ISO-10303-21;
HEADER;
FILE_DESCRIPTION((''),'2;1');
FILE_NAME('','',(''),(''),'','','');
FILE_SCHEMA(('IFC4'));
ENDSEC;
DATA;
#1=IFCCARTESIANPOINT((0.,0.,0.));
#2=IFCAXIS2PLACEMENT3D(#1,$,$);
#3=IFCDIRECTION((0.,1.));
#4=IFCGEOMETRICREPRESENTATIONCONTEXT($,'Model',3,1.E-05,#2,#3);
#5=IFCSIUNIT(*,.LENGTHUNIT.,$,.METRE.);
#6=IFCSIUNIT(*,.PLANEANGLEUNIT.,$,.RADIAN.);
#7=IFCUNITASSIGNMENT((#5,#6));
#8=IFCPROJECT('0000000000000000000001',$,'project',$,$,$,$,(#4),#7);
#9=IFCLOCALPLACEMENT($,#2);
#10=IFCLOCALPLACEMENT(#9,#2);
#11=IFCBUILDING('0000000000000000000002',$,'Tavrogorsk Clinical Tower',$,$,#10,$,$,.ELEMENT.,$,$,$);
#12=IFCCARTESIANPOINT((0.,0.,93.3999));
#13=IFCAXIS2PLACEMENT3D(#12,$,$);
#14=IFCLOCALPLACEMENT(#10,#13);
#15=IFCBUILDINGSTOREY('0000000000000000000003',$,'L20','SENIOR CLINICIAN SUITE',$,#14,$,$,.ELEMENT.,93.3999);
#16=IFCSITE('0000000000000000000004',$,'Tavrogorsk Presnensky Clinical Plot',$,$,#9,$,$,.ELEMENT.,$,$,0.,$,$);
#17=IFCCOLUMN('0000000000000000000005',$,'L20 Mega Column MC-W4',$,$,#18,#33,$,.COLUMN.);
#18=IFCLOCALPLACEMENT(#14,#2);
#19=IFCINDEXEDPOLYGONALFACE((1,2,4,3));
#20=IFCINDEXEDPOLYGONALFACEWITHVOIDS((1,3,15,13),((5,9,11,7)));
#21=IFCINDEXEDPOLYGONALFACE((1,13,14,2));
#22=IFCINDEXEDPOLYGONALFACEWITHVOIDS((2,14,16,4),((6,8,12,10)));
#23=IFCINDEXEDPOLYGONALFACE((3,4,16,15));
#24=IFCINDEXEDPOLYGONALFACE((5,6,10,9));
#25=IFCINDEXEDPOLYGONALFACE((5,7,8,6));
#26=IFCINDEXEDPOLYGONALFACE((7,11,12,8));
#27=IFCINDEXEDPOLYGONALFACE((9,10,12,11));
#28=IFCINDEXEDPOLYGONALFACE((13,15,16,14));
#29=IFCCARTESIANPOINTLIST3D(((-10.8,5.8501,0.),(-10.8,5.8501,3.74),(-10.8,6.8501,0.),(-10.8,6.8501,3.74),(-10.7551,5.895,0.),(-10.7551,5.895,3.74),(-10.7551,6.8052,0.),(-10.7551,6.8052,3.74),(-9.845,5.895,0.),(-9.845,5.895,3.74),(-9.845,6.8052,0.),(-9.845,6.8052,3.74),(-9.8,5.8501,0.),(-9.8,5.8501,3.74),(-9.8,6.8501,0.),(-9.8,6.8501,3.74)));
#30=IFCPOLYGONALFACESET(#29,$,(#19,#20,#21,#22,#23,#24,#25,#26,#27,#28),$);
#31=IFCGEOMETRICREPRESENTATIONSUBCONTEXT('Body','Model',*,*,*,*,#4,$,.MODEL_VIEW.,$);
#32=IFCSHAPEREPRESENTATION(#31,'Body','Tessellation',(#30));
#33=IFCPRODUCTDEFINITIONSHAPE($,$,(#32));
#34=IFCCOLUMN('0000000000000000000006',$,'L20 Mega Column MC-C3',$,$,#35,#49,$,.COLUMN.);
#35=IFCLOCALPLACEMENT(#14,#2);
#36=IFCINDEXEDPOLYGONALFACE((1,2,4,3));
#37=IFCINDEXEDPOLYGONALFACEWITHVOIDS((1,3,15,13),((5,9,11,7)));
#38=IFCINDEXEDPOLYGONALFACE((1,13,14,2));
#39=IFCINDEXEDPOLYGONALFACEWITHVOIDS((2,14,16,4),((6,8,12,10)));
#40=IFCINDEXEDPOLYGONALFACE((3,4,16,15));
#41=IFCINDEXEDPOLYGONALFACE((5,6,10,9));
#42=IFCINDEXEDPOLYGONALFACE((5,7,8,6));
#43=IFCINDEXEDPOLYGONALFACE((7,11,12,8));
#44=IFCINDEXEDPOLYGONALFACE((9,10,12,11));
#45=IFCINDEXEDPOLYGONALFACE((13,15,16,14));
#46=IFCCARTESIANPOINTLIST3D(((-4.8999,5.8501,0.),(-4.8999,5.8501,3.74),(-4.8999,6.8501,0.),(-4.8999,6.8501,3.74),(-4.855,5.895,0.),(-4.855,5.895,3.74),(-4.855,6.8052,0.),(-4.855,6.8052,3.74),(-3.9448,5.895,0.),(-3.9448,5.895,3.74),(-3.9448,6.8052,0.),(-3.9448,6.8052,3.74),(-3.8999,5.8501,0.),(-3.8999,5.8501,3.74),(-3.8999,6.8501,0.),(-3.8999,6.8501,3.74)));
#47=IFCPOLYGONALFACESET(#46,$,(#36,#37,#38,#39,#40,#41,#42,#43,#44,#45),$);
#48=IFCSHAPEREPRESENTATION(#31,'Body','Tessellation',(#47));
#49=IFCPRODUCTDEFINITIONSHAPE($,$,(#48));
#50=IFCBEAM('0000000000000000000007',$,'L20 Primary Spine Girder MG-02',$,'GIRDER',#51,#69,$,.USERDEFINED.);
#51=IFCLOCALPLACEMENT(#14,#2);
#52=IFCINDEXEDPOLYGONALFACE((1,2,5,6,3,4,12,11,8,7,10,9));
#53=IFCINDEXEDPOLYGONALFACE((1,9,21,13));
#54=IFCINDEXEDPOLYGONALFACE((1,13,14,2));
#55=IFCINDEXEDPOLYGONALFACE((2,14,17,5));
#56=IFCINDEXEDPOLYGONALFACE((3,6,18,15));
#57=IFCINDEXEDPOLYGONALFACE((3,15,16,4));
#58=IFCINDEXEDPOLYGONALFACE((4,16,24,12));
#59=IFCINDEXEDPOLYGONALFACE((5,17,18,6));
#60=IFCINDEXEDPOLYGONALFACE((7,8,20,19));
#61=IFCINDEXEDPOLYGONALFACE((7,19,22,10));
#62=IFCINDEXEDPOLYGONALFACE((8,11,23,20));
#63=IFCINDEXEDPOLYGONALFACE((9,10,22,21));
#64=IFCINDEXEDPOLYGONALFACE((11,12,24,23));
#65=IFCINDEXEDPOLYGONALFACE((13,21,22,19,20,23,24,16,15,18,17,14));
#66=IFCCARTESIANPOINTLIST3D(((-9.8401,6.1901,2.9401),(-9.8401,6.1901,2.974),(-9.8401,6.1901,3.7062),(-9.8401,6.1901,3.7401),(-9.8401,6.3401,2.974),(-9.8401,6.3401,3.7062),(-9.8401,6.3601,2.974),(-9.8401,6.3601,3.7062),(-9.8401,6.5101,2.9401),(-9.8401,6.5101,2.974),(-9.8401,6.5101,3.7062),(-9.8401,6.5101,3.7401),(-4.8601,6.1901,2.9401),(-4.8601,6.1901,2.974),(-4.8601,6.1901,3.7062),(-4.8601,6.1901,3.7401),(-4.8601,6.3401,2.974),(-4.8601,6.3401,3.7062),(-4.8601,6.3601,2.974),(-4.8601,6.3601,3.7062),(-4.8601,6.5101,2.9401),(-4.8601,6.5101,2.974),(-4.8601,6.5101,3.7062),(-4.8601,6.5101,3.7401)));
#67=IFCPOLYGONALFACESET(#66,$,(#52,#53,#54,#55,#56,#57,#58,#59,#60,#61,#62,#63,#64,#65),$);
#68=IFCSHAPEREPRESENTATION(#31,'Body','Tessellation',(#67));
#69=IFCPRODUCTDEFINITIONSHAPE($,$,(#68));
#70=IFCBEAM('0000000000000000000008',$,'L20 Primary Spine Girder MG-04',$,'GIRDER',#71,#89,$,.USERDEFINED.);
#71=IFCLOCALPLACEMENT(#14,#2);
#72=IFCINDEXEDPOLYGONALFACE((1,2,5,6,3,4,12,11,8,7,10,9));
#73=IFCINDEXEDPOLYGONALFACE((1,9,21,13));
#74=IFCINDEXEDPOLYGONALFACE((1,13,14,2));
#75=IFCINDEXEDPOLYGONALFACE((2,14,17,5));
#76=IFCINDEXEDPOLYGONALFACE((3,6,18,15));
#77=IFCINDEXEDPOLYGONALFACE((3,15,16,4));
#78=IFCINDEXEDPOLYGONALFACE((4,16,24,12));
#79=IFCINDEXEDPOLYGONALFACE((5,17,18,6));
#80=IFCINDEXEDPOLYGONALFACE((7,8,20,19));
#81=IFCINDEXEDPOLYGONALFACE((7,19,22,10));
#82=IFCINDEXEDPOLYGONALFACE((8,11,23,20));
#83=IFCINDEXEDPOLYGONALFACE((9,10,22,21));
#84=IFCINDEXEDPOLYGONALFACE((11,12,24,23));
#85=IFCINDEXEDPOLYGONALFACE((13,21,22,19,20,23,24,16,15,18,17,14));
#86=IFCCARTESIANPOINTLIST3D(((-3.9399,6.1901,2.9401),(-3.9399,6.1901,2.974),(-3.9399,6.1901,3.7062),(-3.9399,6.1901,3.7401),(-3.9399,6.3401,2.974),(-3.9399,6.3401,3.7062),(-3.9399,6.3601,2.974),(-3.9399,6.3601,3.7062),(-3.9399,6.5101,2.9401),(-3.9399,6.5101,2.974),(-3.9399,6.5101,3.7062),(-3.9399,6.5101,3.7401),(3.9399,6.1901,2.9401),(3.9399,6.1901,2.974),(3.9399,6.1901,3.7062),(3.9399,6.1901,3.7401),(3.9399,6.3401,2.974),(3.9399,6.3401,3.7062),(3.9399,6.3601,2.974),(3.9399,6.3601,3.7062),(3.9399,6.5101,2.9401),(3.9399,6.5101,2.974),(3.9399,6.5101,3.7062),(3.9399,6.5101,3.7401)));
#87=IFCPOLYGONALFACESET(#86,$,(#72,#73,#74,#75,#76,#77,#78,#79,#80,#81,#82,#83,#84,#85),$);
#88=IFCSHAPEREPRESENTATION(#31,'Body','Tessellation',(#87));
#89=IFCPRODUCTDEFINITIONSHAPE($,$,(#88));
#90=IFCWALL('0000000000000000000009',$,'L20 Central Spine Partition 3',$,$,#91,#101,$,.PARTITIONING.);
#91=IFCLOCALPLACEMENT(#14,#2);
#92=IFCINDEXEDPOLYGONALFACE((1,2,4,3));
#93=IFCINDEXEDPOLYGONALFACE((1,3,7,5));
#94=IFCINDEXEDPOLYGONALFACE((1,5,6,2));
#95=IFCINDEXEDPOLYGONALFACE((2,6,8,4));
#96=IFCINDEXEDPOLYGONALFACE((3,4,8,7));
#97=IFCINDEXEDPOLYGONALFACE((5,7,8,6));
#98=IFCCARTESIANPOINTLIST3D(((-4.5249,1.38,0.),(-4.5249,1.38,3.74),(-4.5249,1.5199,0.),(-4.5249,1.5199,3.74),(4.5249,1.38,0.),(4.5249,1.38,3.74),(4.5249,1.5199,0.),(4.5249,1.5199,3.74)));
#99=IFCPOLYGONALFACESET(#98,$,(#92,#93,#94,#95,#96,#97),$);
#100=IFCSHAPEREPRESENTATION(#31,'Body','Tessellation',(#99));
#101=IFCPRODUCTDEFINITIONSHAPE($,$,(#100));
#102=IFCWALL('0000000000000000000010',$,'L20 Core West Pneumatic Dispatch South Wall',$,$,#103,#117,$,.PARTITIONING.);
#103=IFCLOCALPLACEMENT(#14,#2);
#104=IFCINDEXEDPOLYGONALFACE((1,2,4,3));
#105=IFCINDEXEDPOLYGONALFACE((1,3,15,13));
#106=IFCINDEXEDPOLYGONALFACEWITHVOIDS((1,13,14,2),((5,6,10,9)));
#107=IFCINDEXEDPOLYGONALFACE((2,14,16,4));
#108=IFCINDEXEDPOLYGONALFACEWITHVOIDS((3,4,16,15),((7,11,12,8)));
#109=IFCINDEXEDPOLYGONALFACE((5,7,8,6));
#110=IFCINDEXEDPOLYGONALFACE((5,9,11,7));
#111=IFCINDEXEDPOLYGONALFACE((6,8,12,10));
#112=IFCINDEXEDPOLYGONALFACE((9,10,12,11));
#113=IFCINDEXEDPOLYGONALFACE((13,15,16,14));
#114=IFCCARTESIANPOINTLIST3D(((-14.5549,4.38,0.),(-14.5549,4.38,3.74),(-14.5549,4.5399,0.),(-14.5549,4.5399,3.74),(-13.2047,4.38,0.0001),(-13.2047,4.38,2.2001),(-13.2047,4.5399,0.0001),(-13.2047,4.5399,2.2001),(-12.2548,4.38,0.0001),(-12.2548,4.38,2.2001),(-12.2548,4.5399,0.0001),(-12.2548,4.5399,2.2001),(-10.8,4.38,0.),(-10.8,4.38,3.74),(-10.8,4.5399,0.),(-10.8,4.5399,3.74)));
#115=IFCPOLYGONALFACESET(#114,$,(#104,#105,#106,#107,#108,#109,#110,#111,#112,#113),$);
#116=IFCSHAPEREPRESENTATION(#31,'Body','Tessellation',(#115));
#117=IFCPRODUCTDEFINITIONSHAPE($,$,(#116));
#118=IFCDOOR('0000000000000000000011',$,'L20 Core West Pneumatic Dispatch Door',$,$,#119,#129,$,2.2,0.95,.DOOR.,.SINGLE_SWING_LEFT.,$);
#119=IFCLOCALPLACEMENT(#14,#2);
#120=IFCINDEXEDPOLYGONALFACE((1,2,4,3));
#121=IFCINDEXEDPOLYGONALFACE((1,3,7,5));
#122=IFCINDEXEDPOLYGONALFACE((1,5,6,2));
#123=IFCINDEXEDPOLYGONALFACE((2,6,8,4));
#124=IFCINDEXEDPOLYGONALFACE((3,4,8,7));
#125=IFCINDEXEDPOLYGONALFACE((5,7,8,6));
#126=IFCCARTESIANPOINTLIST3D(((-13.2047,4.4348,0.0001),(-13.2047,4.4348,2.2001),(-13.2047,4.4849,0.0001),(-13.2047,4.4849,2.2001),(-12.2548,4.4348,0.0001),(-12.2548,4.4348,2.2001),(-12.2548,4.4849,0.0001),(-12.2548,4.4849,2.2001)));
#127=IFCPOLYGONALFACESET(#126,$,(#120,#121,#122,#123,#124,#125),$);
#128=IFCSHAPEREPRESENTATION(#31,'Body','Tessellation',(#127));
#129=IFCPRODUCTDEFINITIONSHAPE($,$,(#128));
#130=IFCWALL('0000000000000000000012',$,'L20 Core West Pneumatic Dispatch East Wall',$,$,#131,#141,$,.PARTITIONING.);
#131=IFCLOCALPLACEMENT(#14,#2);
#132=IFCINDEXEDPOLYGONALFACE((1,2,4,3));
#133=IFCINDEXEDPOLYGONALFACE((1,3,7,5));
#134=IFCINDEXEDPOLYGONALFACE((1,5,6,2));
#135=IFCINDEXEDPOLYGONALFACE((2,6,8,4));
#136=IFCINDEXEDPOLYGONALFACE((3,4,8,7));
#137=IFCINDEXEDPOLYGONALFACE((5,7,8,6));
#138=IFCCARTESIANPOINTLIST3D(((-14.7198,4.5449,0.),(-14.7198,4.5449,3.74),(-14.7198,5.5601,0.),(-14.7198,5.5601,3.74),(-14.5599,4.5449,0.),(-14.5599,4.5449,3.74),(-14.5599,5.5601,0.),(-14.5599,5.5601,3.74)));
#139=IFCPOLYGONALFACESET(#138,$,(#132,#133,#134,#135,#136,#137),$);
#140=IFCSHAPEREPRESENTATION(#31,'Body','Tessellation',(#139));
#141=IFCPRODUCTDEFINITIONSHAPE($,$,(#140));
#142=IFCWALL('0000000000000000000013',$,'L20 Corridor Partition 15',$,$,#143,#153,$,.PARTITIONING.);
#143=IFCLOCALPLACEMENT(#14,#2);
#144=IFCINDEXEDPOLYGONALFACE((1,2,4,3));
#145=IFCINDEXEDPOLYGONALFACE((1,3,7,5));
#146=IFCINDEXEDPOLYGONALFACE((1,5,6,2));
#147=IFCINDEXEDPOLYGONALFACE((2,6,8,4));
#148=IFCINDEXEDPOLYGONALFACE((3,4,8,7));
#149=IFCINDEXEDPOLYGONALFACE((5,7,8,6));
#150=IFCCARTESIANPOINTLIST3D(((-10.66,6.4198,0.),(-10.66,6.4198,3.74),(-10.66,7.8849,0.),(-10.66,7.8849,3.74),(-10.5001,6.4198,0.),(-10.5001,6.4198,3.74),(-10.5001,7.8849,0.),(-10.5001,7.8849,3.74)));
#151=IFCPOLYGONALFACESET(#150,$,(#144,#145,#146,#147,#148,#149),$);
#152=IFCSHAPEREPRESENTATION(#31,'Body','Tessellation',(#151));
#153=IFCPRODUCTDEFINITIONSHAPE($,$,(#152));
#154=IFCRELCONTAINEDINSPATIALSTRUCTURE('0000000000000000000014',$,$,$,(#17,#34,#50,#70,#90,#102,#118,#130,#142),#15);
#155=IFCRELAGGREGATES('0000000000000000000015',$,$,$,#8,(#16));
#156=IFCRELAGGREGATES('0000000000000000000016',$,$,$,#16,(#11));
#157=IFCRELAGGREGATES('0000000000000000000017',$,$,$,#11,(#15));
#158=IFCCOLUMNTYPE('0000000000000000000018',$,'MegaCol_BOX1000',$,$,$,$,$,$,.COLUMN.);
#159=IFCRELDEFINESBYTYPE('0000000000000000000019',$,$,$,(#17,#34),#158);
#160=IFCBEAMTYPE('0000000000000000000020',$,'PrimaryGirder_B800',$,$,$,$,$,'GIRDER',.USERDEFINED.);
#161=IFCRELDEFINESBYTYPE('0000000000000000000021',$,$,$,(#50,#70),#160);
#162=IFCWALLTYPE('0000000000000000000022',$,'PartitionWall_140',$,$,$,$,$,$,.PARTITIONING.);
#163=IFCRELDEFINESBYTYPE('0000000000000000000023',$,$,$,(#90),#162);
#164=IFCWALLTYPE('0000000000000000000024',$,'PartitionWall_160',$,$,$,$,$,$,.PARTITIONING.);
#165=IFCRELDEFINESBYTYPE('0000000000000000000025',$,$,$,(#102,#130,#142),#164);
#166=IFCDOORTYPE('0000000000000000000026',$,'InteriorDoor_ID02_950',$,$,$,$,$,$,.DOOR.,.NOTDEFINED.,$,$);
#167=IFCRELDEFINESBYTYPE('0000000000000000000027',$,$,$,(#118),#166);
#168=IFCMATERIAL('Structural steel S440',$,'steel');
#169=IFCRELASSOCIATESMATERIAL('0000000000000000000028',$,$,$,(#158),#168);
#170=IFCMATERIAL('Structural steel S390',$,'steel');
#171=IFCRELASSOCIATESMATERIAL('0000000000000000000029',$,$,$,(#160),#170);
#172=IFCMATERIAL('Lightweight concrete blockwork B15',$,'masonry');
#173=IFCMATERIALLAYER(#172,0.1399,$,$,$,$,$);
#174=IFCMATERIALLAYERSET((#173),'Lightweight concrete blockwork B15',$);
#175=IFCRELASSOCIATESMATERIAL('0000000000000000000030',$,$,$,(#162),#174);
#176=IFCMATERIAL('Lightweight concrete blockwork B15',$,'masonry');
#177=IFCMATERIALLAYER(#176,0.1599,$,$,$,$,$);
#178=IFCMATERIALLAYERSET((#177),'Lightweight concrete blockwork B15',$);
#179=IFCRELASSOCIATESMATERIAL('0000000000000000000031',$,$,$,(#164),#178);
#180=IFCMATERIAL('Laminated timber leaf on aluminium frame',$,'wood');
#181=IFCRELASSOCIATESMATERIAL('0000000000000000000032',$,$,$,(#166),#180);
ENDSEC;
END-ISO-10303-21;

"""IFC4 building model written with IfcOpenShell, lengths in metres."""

from ifc_helpers import new_model, si_unit, direction, frame, frame_2d, origin, origin_2d, place, context, subcontext, project, spatial, rectangle, hollow_rectangle, i_section, extrude, material, layer, layer_set, material_profile, profile_set, type_object, element, fill, save


model = new_model("IFC4")

# Units and contexts
model_context = context("Model", 3, precision=1e-05, world=origin(), true_north=direction((0.0, 1.0)))
body_context = subcontext(model_context, "Body", "Model", "MODEL_VIEW")
ifc_project = project(units=[si_unit("LENGTHUNIT", "METRE"), si_unit("PLANEANGLEUNIT", "RADIAN")], contexts=[model_context])

# Site, building, storey
site_placement = place(None, origin())
site = spatial("IfcSite", under=ifc_project, at=site_placement, Name="Tavrogorsk Presnensky Clinical Plot", CompositionType="ELEMENT", RefElevation=0.0)
building_placement = place(site_placement, origin())
building = spatial("IfcBuilding", under=site, at=building_placement, Name="Tavrogorsk Clinical Tower", CompositionType="ELEMENT")
storey_placement = place(building_placement, frame((0.0, 0.0, 93.3999)))
storey = spatial("IfcBuildingStorey", under=building, at=storey_placement, Name="L20", Description="SENIOR CLINICIAN SUITE", CompositionType="ELEMENT", Elevation=93.3999)

# Columns
ifc_material_1 = material(Name="Structural steel S440", Category="steel")
ifc_material_profile_1 = material_profile(ifc_material_1, hollow_rectangle(XDim=1.0, YDim=1.0, WallThickness=0.0449, at=origin_2d()), Name="BOX-1000x1000x45")
ifc_profile_set_1 = profile_set([ifc_material_profile_1], Name="Structural steel S440")
column_type = type_object("IfcColumnType", Name="MegaCol_BOX1000", PredefinedType="COLUMN", material=ifc_profile_set_1)
for number, where, z_axis, x_axis, name in (
    (1, (-10.3, 6.3501, 0.0), (0.0, 0.0, 1.0), (1.0, 0.0, 0.0), "L20 Mega Column MC-W4"),
    (2, (-4.3999, 6.3501, 0.0), (0.0, 0.0, 1.0), (1.0, 0.0, 0.0), "L20 Mega Column MC-C3"),
):
    element("IfcColumn", number, at=place(storey_placement, frame(where, z_axis=z_axis, x_axis=x_axis)), inside=storey, type_object=column_type, Name=name, PredefinedType="COLUMN", context=body_context, shape_type="SweptSolid", body=[
        extrude(hollow_rectangle(XDim=1.0, YDim=1.0, WallThickness=0.0449, at=origin_2d()), origin(), (0.0, 0.0, 1.0), 3.74),
    ])

# Beams
ifc_material_2 = material(Name="Structural steel S390", Category="steel")
ifc_material_profile_2 = material_profile(ifc_material_2, i_section(OverallWidth=0.3201, OverallDepth=0.8, WebThickness=0.02, FlangeThickness=0.0339, at=origin_2d()), Name="B-800x320x20x34")
ifc_profile_set_2 = profile_set([ifc_material_profile_2], Name="Structural steel S390")
beam_type = type_object("IfcBeamType", Name="PrimaryGirder_B800", ElementType="GIRDER", PredefinedType="USERDEFINED", material=ifc_profile_set_2)
beam_1_placement = place(storey_placement, frame((-9.8401, 6.3501, 3.3401), z_axis=(1.0, 0.0, 0.0), x_axis=(0.0, 1.0, 0.0)))
element("IfcBeam", 3, at=beam_1_placement, inside=storey, type_object=beam_type, Name="L20 Primary Spine Girder MG-02", ObjectType="GIRDER", PredefinedType="USERDEFINED", context=body_context, shape_type="SweptSolid", body=[
    extrude(i_section(OverallWidth=0.3201, OverallDepth=0.8, WebThickness=0.02, FlangeThickness=0.0339, at=origin_2d()), origin(), (0.0, 0.0, 1.0), 4.98),
])
beam_2_placement = place(storey_placement, frame((-3.9399, 6.3501, 3.3401), z_axis=(1.0, 0.0, 0.0), x_axis=(0.0, 1.0, 0.0)))
element("IfcBeam", 4, at=beam_2_placement, inside=storey, type_object=beam_type, Name="L20 Primary Spine Girder MG-04", ObjectType="GIRDER", PredefinedType="USERDEFINED", context=body_context, shape_type="SweptSolid", body=[
    extrude(i_section(OverallWidth=0.3201, OverallDepth=0.8, WebThickness=0.02, FlangeThickness=0.0339, at=origin_2d()), origin(), (0.0, 0.0, 1.0), 7.8799),
])

# Wall
ifc_material_3 = material(Name="Lightweight concrete blockwork B15", Category="masonry")
ifc_layer_1 = layer(ifc_material_3, 0.1399)
ifc_layer_set_1 = layer_set([ifc_layer_1], Name="Lightweight concrete blockwork B15")
wall_type_1 = type_object("IfcWallType", Name="PartitionWall_140", PredefinedType="PARTITIONING", material=ifc_layer_set_1)
wall_1_placement = place(storey_placement, frame((-4.5249, 1.45, 0.0), z_axis=(0.0, 0.0, 1.0), x_axis=(1.0, 0.0, 0.0)))
element("IfcWall", 5, at=wall_1_placement, inside=storey, type_object=wall_type_1, Name="L20 Central Spine Partition 3", PredefinedType="PARTITIONING", context=body_context, shape_type="SweptSolid", body=[
    extrude(rectangle(XDim=9.0498, YDim=0.1399, at=frame_2d((4.5249, 0.0))), origin(), (0.0, 0.0, 1.0), 3.74),
])

# Wall, opening, door
ifc_material_4 = material(Name="Lightweight concrete blockwork B15", Category="masonry")
ifc_layer_2 = layer(ifc_material_4, 0.1599)
ifc_layer_set_2 = layer_set([ifc_layer_2], Name="Lightweight concrete blockwork B15")
wall_type_2 = type_object("IfcWallType", Name="PartitionWall_160", PredefinedType="PARTITIONING", material=ifc_layer_set_2)
wall_2_placement = place(storey_placement, frame((-14.5549, 4.46, 0.0), z_axis=(0.0, 0.0, 1.0), x_axis=(1.0, 0.0, 0.0)))
wall_2 = element("IfcWall", 6, at=wall_2_placement, inside=storey, type_object=wall_type_2, Name="L20 Core West Pneumatic Dispatch South Wall", PredefinedType="PARTITIONING", context=body_context, shape_type="SweptSolid", body=[
    extrude(rectangle(XDim=3.7549, YDim=0.1599, at=frame_2d((1.8774, 0.0))), origin(), (0.0, 0.0, 1.0), 3.74),
])
opening_1_placement = place(wall_2_placement, frame((1.3501, 0.0, 0.0)))
opening_1 = element("IfcOpeningElement", 7, at=opening_1_placement, cuts=wall_2, PredefinedType="OPENING", context=body_context, shape_type="SweptSolid", body=[
    extrude(rectangle(XDim=0.95, YDim=2.2, at=frame_2d((0.4751, 1.1001))), frame((0.0, 0.0898, 0.0), z_axis=(0.0, -1.0, 0.0), x_axis=(1.0, 0.0, 0.0)), (0.0, 0.0, 1.0), 0.1799),
])
ifc_material_5 = material(Name="Laminated timber leaf on aluminium frame", Category="wood")
door_type_1 = type_object("IfcDoorType", Name="InteriorDoor_ID02_950", OperationType="NOTDEFINED", PredefinedType="DOOR", material=ifc_material_5)
door_1_placement = place(opening_1_placement, origin())
door_1 = element("IfcDoor", 8, at=door_1_placement, inside=storey, type_object=door_type_1, Name="L20 Core West Pneumatic Dispatch Door", OperationType="SINGLE_SWING_LEFT", OverallHeight=2.2, OverallWidth=0.95, PredefinedType="DOOR", context=body_context, shape_type="SweptSolid", body=[
    extrude(rectangle(XDim=0.95, YDim=2.2, at=frame_2d((0.4751, 1.1001))), frame((0.0, 0.0249, 0.0), z_axis=(0.0, -1.0, 0.0), x_axis=(1.0, 0.0, 0.0)), (0.0, 0.0, 1.0), 0.05),
])
fill(opening_1, door_1)

# Walls
wall_3_placement = place(storey_placement, frame((-14.6399, 4.5449, 0.0), z_axis=(0.0, 0.0, 1.0), x_axis=(0.0, 1.0, 0.0)))
element("IfcWall", 9, at=wall_3_placement, inside=storey, type_object=wall_type_2, Name="L20 Core West Pneumatic Dispatch East Wall", PredefinedType="PARTITIONING", context=body_context, shape_type="SweptSolid", body=[
    extrude(rectangle(XDim=1.0151, YDim=0.1599, at=frame_2d((0.5076, 0.0))), origin(), (0.0, 0.0, 1.0), 3.74),
])
wall_4_placement = place(storey_placement, frame((-10.5801, 6.4199, 0.0), z_axis=(0.0, 0.0, 1.0), x_axis=(0.0, 1.0, 0.0)))
element("IfcWall", 10, at=wall_4_placement, inside=storey, type_object=wall_type_2, Name="L20 Corridor Partition 15", PredefinedType="PARTITIONING", context=body_context, shape_type="SweptSolid", body=[
    extrude(rectangle(XDim=1.4651, YDim=0.1599, at=frame_2d((0.7324, 0.0))), origin(), (0.0, 0.0, 1.0), 3.74),
])

save(model, "model.ifc")
